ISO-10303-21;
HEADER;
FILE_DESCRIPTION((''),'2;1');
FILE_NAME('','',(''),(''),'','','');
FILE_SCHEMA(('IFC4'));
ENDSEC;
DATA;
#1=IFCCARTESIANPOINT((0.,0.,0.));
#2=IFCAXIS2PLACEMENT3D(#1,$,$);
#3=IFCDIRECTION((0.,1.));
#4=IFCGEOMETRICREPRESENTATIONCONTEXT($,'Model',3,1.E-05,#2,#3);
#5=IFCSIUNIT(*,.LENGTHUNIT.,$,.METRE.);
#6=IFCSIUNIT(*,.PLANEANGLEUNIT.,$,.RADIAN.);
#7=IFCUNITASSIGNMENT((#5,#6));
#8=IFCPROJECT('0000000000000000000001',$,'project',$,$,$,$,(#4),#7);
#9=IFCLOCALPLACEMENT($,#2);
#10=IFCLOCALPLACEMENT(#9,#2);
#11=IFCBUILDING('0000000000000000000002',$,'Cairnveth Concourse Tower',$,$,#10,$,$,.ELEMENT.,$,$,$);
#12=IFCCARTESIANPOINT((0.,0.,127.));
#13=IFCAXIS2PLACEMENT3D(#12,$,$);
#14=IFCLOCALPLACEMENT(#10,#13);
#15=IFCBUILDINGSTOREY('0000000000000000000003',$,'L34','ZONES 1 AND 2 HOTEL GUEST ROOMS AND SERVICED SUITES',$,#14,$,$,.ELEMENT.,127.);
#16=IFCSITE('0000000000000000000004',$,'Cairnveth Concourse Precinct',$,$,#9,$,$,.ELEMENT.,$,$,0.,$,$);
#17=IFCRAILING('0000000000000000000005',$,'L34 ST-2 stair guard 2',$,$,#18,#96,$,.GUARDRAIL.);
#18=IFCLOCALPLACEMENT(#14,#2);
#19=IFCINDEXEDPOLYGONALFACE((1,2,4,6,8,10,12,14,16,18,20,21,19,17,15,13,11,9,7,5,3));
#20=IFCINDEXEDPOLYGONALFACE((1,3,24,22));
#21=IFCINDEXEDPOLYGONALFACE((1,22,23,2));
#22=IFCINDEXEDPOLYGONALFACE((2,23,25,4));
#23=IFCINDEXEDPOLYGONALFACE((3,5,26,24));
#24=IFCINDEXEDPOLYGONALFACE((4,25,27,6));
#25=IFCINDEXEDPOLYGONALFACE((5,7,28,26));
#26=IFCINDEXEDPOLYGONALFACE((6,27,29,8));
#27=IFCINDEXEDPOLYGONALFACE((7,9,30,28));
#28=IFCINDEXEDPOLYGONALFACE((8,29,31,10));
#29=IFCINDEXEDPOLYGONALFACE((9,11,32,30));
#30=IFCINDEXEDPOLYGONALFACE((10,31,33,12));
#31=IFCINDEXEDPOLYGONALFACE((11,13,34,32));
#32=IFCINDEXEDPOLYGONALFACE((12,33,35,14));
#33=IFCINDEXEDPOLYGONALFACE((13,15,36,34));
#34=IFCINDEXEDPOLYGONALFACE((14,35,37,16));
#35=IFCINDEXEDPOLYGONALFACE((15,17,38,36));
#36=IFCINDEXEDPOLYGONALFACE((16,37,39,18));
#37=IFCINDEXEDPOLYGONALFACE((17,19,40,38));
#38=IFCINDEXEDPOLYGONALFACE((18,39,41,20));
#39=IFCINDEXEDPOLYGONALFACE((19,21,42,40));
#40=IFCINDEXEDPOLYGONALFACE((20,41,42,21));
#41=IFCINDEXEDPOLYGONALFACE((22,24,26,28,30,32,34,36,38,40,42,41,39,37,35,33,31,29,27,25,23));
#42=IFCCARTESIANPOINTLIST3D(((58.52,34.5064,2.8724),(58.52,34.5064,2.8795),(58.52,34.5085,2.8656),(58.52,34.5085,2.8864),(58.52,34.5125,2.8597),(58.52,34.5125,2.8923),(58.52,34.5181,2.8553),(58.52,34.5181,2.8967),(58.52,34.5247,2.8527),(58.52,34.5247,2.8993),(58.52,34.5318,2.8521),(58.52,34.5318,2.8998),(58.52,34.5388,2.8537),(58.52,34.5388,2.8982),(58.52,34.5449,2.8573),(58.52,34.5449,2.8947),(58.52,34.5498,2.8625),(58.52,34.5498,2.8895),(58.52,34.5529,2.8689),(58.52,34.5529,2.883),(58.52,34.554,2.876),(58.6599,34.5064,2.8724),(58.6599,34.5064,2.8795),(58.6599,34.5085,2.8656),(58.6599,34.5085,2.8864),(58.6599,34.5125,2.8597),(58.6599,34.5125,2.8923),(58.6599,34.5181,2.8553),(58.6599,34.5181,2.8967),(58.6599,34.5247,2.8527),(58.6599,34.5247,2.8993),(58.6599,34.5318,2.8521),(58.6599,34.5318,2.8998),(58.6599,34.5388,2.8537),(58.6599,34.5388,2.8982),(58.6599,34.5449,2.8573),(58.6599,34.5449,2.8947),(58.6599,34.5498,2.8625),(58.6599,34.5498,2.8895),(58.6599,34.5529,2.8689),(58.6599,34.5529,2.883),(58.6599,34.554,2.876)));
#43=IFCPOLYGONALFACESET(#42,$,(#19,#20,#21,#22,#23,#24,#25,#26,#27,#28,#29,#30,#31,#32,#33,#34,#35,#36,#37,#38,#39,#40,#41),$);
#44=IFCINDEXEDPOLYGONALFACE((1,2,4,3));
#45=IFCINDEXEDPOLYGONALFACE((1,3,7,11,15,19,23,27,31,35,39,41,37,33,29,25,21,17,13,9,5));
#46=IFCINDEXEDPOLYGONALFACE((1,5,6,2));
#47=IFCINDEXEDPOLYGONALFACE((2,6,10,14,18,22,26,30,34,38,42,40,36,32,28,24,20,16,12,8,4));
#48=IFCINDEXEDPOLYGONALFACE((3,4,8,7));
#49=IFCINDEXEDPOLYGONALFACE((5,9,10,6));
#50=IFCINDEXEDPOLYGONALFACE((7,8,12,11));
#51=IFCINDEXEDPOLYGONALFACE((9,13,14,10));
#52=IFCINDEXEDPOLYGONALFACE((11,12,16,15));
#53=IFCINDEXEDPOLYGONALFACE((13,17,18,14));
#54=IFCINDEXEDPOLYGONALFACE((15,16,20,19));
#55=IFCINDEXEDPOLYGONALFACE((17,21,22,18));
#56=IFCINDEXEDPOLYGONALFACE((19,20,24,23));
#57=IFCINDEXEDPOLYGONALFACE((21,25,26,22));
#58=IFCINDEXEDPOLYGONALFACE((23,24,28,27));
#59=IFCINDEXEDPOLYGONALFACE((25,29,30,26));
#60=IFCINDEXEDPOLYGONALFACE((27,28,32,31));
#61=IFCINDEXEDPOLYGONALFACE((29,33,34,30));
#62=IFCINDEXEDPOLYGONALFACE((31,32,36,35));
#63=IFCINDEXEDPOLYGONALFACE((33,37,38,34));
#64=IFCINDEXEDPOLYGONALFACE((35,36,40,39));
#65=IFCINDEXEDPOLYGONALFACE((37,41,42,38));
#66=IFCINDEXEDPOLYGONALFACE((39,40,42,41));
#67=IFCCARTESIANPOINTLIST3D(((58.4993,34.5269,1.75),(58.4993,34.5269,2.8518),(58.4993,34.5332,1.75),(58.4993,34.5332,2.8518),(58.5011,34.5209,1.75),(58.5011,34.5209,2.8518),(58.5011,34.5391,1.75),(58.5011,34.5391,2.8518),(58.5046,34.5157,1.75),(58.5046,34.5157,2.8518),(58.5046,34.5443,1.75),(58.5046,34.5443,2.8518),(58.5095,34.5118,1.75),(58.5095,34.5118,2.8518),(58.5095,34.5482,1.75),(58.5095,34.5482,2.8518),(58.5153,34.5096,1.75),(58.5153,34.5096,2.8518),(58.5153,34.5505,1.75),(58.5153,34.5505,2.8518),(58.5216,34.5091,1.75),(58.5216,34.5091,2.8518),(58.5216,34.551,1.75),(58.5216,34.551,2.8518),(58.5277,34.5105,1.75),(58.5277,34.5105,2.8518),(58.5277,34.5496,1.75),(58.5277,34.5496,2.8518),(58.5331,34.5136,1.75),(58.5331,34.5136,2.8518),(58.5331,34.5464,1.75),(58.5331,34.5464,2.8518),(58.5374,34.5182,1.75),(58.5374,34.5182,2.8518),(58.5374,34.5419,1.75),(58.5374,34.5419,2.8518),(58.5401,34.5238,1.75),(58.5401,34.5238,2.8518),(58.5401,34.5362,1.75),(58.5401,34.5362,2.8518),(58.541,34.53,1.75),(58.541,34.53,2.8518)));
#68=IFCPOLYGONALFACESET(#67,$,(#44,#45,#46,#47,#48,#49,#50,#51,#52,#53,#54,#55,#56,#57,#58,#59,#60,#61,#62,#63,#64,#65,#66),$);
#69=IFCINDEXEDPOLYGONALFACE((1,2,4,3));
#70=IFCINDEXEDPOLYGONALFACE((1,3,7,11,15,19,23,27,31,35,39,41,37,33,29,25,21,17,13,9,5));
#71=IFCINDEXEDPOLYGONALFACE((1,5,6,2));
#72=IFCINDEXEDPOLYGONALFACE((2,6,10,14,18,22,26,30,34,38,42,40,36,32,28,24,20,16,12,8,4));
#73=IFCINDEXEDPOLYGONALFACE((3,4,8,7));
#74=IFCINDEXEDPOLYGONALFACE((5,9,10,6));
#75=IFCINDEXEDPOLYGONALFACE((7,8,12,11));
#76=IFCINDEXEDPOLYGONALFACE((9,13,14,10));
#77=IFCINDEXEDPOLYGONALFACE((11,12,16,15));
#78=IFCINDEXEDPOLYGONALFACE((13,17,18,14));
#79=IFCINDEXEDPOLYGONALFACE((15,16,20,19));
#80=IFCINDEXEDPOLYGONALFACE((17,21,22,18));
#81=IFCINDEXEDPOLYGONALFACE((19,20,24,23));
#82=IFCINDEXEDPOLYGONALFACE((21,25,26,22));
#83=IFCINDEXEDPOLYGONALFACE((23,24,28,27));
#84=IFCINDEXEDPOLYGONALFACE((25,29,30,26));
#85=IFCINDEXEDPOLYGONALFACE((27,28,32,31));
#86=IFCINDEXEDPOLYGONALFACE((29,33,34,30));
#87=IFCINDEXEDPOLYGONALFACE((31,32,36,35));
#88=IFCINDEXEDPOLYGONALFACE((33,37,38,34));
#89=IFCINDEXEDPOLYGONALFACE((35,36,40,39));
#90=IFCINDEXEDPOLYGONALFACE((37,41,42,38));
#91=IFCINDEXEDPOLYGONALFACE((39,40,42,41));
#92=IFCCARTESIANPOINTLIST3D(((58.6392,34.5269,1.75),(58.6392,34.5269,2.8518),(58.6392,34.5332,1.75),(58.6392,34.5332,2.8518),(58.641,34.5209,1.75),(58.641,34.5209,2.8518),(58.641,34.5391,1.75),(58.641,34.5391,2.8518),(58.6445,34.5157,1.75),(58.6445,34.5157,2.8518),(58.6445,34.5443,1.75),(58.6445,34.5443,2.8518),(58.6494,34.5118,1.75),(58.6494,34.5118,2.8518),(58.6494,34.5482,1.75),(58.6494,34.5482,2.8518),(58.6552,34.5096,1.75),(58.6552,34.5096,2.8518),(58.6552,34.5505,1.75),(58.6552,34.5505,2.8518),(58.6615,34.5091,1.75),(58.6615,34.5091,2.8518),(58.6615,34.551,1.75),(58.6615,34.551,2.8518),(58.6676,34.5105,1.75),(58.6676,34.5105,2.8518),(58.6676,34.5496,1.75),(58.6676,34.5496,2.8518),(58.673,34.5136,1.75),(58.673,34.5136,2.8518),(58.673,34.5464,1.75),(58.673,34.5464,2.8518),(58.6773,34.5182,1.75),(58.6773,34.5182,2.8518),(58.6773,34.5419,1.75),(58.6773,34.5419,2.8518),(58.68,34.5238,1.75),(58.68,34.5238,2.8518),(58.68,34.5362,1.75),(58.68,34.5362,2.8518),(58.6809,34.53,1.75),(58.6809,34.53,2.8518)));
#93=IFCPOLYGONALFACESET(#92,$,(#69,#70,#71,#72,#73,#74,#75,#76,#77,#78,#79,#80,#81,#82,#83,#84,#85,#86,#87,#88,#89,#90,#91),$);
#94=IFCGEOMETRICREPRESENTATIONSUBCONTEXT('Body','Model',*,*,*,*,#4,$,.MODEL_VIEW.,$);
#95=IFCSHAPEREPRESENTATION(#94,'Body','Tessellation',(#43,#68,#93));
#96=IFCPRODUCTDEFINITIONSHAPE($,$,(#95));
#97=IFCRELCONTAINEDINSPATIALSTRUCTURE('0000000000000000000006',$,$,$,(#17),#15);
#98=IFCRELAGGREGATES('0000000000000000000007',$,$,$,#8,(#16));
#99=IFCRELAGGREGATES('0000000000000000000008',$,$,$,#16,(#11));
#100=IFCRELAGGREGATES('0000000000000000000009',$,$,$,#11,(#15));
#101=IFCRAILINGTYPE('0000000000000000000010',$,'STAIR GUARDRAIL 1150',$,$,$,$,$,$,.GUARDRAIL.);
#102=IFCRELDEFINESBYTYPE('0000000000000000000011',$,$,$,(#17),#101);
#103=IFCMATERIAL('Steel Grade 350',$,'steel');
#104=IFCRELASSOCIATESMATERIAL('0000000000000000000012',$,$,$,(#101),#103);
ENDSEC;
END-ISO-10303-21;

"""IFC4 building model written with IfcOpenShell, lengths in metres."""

from ifc_helpers import new_model, si_unit, direction, frame, origin, origin_2d, place, context, subcontext, project, spatial, circle, extrude, material, type_object, element, save


model = new_model("IFC4")

# Units and contexts
model_context = context("Model", 3, precision=1e-05, world=origin(), true_north=direction((0.0, 1.0)))
body_context = subcontext(model_context, "Body", "Model", "MODEL_VIEW")
ifc_project = project(units=[si_unit("LENGTHUNIT", "METRE"), si_unit("PLANEANGLEUNIT", "RADIAN")], contexts=[model_context])

# Site, building, storey
site_placement = place(None, origin())
site = spatial("IfcSite", under=ifc_project, at=site_placement, Name="Cairnveth Concourse Precinct", CompositionType="ELEMENT", RefElevation=0.0)
building_placement = place(site_placement, origin())
building = spatial("IfcBuilding", under=site, at=building_placement, Name="Cairnveth Concourse Tower", CompositionType="ELEMENT")
storey_placement = place(building_placement, frame((0.0, 0.0, 127.0)))
storey = spatial("IfcBuildingStorey", under=building, at=storey_placement, Name="L34", Description="ZONES 1 AND 2 HOTEL GUEST ROOMS AND SERVICED SUITES", CompositionType="ELEMENT", Elevation=127.0)

# Shared definitions
ifc_material_1 = material(Name="Steel Grade 350", Category="steel")

# Railing
railing_type_1 = type_object("IfcRailingType", Name="STAIR GUARDRAIL 1150", PredefinedType="GUARDRAIL", material=ifc_material_1)
railing_1_placement = place(storey_placement, frame((58.52, 34.53, 1.75)))
element("IfcRailing", 1, at=railing_1_placement, inside=storey, type_object=railing_type_1, Name="L34 ST-2 stair guard 2", PredefinedType="GUARDRAIL", context=body_context, shape_type="SweptSolid", body=[
    extrude(circle(Radius=0.0239, at=origin_2d()), frame((0.0, 0.0, 1.126), z_axis=(1.0, 0.0, 0.0), x_axis=(0.0, 1.0, 0.0)), (0.0, 0.0, 1.0), 0.1399),
    extrude(circle(Radius=0.021, at=origin_2d()), origin(), (0.0, 0.0, 1.0), 1.1018),
    extrude(circle(Radius=0.021, at=origin_2d()), frame((0.1399, 0.0, 0.0)), (0.0, 0.0, 1.0), 1.1018),
])

save(model, "model.ifc")
